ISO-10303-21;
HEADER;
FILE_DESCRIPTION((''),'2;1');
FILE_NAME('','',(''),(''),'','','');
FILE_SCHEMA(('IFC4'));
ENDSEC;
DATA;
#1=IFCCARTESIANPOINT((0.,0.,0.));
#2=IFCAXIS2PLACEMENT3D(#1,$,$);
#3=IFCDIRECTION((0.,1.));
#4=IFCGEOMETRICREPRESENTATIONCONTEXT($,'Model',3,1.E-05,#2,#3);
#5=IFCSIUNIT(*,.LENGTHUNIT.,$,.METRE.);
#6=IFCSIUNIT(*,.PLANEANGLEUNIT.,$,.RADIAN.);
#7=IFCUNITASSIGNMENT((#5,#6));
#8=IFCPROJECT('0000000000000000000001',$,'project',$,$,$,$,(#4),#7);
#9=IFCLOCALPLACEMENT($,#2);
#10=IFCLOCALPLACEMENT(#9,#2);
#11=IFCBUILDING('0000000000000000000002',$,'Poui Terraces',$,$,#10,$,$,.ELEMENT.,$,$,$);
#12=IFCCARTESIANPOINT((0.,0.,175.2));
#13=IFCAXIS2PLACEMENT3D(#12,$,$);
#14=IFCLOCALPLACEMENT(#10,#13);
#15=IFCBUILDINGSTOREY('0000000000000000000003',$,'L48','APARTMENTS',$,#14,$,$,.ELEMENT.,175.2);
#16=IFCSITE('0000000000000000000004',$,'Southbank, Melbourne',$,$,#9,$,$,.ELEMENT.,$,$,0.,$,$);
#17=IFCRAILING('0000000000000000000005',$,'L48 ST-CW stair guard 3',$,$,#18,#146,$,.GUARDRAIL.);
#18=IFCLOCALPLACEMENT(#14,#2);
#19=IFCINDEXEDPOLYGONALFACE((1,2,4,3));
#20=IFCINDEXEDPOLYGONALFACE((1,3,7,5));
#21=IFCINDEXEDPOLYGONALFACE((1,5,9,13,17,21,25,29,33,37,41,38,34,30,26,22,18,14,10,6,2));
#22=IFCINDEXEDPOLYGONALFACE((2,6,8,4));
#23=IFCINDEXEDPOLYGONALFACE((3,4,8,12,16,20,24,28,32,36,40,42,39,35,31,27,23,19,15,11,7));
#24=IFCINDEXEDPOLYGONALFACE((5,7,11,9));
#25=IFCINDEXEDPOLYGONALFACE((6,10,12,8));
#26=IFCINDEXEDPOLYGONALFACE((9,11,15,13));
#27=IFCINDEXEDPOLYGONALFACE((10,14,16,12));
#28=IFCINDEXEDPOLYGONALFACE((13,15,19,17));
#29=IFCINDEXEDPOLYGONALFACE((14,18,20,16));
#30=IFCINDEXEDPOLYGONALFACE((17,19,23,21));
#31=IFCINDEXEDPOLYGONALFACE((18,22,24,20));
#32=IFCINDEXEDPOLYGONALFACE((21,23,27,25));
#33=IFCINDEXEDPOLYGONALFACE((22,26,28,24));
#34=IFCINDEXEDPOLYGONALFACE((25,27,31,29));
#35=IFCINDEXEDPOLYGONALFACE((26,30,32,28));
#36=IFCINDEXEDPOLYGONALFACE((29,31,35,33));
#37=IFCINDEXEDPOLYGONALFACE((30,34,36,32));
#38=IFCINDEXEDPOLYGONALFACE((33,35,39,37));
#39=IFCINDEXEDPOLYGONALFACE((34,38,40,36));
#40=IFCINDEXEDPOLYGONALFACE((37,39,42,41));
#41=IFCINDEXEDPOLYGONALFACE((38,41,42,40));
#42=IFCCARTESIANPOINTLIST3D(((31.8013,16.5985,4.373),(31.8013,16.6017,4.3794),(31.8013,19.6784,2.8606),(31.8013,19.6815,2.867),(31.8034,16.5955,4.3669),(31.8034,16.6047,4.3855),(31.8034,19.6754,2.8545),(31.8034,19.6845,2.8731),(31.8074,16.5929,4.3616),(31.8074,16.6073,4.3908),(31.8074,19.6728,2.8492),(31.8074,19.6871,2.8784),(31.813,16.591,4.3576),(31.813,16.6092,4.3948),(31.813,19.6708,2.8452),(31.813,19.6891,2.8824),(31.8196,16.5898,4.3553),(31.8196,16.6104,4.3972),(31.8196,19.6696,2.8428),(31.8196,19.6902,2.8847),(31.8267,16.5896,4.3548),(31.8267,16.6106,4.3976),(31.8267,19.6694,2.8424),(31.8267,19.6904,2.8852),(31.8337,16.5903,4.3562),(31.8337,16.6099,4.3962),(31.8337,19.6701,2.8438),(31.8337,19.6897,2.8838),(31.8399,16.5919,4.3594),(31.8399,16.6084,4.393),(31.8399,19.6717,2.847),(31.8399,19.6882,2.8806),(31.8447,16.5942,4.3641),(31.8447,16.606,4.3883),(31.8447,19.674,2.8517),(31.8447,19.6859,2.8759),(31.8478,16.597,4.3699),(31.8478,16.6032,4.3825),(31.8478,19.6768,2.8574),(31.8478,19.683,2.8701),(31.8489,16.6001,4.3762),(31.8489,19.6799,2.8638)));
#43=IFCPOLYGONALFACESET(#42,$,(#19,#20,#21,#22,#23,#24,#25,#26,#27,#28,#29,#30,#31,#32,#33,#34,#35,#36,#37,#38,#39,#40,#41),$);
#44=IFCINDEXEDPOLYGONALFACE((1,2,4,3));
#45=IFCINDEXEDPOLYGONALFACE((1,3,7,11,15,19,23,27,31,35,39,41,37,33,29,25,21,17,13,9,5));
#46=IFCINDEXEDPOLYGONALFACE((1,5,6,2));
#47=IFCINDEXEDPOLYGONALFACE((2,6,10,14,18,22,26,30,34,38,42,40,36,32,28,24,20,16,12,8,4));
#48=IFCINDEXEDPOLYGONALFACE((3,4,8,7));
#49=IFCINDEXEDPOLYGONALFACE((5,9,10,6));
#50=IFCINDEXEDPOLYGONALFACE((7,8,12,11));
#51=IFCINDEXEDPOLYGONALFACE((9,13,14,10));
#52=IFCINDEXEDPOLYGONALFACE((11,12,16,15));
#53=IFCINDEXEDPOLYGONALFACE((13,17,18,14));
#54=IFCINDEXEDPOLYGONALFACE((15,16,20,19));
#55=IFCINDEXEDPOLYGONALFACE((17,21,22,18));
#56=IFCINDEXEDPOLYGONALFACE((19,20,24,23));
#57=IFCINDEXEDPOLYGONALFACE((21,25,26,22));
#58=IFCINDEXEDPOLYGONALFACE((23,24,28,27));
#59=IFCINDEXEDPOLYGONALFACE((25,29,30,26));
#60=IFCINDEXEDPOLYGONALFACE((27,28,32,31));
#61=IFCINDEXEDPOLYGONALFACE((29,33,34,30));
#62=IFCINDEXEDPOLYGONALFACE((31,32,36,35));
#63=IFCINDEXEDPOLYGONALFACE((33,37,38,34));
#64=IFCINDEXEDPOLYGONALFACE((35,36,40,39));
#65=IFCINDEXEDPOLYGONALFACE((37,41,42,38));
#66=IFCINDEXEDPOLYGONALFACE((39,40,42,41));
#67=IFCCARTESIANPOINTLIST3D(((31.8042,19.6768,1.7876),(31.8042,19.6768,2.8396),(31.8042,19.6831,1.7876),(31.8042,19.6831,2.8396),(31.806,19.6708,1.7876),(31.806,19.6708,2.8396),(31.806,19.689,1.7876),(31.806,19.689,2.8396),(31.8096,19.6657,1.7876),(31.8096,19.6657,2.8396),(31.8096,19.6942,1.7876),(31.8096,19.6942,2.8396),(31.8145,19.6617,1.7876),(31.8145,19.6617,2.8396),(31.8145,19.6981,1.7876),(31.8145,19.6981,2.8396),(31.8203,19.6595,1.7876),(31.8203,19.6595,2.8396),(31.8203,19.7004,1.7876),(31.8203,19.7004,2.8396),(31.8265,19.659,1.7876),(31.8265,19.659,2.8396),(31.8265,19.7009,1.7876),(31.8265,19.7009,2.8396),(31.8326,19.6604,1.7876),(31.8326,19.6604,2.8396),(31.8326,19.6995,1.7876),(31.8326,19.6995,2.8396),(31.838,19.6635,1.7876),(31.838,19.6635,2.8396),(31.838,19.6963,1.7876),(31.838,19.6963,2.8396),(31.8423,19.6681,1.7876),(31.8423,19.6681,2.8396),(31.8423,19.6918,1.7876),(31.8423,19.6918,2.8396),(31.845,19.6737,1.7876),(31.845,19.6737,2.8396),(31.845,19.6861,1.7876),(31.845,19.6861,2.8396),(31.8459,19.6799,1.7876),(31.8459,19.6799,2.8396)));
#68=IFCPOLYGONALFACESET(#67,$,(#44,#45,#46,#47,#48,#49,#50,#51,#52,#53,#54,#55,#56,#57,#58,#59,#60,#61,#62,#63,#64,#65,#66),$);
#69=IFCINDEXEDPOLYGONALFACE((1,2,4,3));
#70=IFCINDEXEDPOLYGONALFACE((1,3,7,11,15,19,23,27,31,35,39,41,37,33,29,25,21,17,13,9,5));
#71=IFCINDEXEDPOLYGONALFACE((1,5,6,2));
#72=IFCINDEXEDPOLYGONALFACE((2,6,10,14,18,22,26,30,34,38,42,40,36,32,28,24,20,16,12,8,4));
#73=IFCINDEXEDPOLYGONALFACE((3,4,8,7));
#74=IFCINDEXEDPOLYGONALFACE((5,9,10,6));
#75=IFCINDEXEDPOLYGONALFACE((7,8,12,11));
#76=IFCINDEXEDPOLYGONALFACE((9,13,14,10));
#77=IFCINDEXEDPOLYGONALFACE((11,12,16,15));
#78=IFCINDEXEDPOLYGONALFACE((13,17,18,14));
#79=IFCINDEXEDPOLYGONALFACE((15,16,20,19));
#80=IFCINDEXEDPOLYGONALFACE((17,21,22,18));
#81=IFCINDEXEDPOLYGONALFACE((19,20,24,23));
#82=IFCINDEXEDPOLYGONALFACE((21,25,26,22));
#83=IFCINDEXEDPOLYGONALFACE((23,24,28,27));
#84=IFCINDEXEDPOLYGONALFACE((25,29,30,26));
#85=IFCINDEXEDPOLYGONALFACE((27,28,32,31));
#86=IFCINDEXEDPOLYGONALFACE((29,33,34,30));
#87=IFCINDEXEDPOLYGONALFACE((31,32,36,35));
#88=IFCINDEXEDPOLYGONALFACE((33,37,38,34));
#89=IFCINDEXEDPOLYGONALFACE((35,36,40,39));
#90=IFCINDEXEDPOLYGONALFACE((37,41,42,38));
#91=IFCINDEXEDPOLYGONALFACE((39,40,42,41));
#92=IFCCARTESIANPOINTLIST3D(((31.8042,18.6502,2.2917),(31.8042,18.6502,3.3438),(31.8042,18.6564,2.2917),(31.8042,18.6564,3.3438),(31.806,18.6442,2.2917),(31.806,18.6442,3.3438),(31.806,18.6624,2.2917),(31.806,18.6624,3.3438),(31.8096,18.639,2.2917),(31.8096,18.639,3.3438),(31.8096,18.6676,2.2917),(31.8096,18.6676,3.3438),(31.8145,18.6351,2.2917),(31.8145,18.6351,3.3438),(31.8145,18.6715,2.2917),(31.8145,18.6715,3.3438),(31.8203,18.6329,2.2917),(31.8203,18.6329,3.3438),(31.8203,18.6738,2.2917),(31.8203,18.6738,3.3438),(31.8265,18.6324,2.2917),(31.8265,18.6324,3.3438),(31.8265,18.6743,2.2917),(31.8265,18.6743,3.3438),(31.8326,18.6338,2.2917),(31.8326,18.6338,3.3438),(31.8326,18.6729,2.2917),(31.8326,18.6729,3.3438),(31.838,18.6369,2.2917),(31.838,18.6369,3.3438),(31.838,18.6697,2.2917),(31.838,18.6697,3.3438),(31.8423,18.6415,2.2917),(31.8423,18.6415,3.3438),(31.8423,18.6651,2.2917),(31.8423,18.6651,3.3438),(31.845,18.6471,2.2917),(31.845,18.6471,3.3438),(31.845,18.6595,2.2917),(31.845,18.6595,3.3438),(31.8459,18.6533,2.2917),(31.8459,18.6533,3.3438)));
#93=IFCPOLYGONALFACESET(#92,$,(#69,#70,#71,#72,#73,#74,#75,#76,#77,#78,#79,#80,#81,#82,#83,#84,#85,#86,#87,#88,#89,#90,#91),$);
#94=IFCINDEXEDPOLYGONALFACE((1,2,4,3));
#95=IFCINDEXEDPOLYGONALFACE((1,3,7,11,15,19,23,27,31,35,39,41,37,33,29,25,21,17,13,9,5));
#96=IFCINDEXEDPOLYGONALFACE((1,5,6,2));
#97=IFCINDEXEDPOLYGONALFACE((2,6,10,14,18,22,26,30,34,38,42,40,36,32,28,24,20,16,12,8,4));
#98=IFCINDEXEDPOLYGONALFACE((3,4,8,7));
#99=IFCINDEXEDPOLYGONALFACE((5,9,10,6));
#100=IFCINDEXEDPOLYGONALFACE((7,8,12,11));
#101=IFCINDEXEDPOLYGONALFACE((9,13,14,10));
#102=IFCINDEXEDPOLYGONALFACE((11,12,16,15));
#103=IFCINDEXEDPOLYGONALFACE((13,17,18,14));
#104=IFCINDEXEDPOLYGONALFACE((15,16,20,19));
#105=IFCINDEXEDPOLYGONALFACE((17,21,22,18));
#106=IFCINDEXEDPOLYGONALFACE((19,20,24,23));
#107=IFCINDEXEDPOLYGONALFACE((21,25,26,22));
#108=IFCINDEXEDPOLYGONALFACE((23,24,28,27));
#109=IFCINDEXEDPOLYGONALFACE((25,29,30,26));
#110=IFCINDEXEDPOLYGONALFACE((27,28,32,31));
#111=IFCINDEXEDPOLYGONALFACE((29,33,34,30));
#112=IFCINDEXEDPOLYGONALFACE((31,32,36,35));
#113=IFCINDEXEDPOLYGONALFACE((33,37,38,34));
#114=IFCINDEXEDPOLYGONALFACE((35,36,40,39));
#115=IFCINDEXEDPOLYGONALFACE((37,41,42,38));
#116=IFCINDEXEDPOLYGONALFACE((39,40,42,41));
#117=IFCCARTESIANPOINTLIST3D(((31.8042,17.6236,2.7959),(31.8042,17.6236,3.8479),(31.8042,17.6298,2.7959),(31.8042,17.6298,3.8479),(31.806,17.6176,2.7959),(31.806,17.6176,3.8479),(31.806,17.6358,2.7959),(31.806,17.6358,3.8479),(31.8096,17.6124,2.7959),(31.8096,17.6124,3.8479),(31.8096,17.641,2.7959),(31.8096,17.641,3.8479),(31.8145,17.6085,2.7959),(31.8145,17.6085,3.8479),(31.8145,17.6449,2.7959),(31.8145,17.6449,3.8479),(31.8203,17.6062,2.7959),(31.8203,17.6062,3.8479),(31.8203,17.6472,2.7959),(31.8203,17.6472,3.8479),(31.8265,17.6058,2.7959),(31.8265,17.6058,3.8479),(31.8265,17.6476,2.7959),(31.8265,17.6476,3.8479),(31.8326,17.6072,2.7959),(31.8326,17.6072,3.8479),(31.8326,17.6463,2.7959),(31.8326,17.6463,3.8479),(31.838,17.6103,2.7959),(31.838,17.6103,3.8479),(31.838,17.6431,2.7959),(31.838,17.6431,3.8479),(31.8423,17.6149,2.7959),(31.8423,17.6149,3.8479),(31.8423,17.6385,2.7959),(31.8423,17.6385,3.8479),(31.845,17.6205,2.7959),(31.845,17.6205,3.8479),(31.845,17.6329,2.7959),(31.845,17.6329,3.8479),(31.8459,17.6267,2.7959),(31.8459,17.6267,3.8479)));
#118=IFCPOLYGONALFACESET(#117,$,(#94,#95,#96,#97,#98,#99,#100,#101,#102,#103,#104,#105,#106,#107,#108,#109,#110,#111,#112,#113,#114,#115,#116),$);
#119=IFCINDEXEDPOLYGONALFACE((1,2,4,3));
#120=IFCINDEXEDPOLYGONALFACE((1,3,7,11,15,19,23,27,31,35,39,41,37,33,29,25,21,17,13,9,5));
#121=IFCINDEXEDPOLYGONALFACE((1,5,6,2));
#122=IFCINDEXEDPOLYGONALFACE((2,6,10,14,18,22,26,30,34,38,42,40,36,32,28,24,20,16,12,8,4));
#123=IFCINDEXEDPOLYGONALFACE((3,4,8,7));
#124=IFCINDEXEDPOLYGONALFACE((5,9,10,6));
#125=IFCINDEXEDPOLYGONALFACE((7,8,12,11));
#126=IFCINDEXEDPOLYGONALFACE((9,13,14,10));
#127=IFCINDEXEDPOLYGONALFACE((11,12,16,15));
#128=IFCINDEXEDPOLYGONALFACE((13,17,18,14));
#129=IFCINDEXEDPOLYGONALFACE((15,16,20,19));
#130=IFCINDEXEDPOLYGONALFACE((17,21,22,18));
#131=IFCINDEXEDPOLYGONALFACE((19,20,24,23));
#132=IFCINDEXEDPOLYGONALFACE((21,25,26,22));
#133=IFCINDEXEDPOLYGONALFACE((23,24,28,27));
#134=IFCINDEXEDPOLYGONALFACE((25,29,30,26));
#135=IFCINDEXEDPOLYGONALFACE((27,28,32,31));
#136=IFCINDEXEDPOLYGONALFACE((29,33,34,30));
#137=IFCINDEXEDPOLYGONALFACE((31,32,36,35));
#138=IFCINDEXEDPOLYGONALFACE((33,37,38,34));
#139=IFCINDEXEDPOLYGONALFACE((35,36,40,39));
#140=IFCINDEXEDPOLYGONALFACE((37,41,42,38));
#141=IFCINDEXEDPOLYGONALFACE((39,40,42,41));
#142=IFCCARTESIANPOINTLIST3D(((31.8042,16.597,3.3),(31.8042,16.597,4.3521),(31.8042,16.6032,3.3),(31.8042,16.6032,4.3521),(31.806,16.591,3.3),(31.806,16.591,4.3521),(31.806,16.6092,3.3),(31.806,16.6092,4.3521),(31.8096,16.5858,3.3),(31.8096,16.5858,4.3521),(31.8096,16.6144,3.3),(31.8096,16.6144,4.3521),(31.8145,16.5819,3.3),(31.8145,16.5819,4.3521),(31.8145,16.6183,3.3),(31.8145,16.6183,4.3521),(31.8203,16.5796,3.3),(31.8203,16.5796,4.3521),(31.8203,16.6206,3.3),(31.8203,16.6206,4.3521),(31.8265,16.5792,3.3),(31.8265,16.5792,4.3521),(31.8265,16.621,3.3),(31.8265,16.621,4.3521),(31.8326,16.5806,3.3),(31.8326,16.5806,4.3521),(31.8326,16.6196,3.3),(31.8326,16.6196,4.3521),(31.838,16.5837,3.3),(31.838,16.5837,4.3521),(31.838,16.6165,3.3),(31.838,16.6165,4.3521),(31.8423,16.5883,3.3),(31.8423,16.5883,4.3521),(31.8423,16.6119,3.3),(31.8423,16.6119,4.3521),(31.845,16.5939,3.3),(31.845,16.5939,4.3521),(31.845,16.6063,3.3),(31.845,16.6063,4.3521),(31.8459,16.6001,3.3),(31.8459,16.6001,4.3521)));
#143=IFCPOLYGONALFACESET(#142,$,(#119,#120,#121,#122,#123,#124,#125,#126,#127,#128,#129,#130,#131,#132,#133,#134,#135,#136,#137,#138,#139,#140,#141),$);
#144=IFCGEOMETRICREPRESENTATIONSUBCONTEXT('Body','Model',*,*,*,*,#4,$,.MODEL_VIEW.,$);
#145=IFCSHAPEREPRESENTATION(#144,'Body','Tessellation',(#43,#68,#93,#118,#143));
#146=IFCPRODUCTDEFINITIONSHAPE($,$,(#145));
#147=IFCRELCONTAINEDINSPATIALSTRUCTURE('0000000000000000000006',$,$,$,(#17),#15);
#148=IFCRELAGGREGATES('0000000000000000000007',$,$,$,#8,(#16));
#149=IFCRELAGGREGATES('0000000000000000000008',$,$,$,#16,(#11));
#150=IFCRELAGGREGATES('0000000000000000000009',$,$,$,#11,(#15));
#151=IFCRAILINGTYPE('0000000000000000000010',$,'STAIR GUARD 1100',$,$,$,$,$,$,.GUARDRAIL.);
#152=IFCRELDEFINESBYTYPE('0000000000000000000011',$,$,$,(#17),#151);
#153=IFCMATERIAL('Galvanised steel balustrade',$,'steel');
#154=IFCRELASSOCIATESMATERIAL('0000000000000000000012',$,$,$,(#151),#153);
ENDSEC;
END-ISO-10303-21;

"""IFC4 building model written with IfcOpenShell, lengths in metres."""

from ifc_helpers import new_model, si_unit, direction, frame, origin, origin_2d, place, context, subcontext, project, spatial, circle, extrude, material, type_object, element, save


model = new_model("IFC4")

# Units and contexts
model_context = context("Model", 3, precision=1e-05, world=origin(), true_north=direction((0.0, 1.0)))
body_context = subcontext(model_context, "Body", "Model", "MODEL_VIEW")
ifc_project = project(units=[si_unit("LENGTHUNIT", "METRE"), si_unit("PLANEANGLEUNIT", "RADIAN")], contexts=[model_context])

# Site, building, storey
site_placement = place(None, origin())
site = spatial("IfcSite", under=ifc_project, at=site_placement, Name="Southbank, Melbourne", CompositionType="ELEMENT", RefElevation=0.0)
building_placement = place(site_placement, origin())
building = spatial("IfcBuilding", under=site, at=building_placement, Name="Poui Terraces", CompositionType="ELEMENT")
storey_placement = place(building_placement, frame((0.0, 0.0, 175.2)))
storey = spatial("IfcBuildingStorey", under=building, at=storey_placement, Name="L48", Description="APARTMENTS", CompositionType="ELEMENT", Elevation=175.2)

# Railing
ifc_material_1 = material(Name="Galvanised steel balustrade", Category="steel")
railing_type = type_object("IfcRailingType", Name="STAIR GUARD 1100", PredefinedType="GUARDRAIL", material=ifc_material_1)
railing_1_placement = place(storey_placement, frame((31.825, 19.6799, 1.7876)))
element("IfcRailing", 1, at=railing_1_placement, inside=storey, type_object=railing_type, Name="L48 ST-CW stair guard 3", PredefinedType="GUARDRAIL", context=body_context, shape_type="SweptSolid", body=[
    extrude(circle(Radius=0.0239, at=origin_2d()), frame((0.0, 0.0, 1.0762), z_axis=(0.0, -0.897606, 0.440798), x_axis=(1.0, 0.0, 0.0)), (0.0, 0.0, 1.0), 3.4312),
    extrude(circle(Radius=0.021, at=origin_2d()), origin(), (0.0, 0.0, 1.0), 1.052),
    extrude(circle(Radius=0.021, at=origin_2d()), frame((0.0, -1.0266, 0.5042)), (0.0, 0.0, 1.0), 1.052),
    extrude(circle(Radius=0.021, at=origin_2d()), frame((0.0, -2.0532, 1.0083)), (0.0, 0.0, 1.0), 1.052),
    extrude(circle(Radius=0.021, at=origin_2d()), frame((0.0, -3.0798, 1.5125)), (0.0, 0.0, 1.0), 1.052),
])

save(model, "model.ifc")
